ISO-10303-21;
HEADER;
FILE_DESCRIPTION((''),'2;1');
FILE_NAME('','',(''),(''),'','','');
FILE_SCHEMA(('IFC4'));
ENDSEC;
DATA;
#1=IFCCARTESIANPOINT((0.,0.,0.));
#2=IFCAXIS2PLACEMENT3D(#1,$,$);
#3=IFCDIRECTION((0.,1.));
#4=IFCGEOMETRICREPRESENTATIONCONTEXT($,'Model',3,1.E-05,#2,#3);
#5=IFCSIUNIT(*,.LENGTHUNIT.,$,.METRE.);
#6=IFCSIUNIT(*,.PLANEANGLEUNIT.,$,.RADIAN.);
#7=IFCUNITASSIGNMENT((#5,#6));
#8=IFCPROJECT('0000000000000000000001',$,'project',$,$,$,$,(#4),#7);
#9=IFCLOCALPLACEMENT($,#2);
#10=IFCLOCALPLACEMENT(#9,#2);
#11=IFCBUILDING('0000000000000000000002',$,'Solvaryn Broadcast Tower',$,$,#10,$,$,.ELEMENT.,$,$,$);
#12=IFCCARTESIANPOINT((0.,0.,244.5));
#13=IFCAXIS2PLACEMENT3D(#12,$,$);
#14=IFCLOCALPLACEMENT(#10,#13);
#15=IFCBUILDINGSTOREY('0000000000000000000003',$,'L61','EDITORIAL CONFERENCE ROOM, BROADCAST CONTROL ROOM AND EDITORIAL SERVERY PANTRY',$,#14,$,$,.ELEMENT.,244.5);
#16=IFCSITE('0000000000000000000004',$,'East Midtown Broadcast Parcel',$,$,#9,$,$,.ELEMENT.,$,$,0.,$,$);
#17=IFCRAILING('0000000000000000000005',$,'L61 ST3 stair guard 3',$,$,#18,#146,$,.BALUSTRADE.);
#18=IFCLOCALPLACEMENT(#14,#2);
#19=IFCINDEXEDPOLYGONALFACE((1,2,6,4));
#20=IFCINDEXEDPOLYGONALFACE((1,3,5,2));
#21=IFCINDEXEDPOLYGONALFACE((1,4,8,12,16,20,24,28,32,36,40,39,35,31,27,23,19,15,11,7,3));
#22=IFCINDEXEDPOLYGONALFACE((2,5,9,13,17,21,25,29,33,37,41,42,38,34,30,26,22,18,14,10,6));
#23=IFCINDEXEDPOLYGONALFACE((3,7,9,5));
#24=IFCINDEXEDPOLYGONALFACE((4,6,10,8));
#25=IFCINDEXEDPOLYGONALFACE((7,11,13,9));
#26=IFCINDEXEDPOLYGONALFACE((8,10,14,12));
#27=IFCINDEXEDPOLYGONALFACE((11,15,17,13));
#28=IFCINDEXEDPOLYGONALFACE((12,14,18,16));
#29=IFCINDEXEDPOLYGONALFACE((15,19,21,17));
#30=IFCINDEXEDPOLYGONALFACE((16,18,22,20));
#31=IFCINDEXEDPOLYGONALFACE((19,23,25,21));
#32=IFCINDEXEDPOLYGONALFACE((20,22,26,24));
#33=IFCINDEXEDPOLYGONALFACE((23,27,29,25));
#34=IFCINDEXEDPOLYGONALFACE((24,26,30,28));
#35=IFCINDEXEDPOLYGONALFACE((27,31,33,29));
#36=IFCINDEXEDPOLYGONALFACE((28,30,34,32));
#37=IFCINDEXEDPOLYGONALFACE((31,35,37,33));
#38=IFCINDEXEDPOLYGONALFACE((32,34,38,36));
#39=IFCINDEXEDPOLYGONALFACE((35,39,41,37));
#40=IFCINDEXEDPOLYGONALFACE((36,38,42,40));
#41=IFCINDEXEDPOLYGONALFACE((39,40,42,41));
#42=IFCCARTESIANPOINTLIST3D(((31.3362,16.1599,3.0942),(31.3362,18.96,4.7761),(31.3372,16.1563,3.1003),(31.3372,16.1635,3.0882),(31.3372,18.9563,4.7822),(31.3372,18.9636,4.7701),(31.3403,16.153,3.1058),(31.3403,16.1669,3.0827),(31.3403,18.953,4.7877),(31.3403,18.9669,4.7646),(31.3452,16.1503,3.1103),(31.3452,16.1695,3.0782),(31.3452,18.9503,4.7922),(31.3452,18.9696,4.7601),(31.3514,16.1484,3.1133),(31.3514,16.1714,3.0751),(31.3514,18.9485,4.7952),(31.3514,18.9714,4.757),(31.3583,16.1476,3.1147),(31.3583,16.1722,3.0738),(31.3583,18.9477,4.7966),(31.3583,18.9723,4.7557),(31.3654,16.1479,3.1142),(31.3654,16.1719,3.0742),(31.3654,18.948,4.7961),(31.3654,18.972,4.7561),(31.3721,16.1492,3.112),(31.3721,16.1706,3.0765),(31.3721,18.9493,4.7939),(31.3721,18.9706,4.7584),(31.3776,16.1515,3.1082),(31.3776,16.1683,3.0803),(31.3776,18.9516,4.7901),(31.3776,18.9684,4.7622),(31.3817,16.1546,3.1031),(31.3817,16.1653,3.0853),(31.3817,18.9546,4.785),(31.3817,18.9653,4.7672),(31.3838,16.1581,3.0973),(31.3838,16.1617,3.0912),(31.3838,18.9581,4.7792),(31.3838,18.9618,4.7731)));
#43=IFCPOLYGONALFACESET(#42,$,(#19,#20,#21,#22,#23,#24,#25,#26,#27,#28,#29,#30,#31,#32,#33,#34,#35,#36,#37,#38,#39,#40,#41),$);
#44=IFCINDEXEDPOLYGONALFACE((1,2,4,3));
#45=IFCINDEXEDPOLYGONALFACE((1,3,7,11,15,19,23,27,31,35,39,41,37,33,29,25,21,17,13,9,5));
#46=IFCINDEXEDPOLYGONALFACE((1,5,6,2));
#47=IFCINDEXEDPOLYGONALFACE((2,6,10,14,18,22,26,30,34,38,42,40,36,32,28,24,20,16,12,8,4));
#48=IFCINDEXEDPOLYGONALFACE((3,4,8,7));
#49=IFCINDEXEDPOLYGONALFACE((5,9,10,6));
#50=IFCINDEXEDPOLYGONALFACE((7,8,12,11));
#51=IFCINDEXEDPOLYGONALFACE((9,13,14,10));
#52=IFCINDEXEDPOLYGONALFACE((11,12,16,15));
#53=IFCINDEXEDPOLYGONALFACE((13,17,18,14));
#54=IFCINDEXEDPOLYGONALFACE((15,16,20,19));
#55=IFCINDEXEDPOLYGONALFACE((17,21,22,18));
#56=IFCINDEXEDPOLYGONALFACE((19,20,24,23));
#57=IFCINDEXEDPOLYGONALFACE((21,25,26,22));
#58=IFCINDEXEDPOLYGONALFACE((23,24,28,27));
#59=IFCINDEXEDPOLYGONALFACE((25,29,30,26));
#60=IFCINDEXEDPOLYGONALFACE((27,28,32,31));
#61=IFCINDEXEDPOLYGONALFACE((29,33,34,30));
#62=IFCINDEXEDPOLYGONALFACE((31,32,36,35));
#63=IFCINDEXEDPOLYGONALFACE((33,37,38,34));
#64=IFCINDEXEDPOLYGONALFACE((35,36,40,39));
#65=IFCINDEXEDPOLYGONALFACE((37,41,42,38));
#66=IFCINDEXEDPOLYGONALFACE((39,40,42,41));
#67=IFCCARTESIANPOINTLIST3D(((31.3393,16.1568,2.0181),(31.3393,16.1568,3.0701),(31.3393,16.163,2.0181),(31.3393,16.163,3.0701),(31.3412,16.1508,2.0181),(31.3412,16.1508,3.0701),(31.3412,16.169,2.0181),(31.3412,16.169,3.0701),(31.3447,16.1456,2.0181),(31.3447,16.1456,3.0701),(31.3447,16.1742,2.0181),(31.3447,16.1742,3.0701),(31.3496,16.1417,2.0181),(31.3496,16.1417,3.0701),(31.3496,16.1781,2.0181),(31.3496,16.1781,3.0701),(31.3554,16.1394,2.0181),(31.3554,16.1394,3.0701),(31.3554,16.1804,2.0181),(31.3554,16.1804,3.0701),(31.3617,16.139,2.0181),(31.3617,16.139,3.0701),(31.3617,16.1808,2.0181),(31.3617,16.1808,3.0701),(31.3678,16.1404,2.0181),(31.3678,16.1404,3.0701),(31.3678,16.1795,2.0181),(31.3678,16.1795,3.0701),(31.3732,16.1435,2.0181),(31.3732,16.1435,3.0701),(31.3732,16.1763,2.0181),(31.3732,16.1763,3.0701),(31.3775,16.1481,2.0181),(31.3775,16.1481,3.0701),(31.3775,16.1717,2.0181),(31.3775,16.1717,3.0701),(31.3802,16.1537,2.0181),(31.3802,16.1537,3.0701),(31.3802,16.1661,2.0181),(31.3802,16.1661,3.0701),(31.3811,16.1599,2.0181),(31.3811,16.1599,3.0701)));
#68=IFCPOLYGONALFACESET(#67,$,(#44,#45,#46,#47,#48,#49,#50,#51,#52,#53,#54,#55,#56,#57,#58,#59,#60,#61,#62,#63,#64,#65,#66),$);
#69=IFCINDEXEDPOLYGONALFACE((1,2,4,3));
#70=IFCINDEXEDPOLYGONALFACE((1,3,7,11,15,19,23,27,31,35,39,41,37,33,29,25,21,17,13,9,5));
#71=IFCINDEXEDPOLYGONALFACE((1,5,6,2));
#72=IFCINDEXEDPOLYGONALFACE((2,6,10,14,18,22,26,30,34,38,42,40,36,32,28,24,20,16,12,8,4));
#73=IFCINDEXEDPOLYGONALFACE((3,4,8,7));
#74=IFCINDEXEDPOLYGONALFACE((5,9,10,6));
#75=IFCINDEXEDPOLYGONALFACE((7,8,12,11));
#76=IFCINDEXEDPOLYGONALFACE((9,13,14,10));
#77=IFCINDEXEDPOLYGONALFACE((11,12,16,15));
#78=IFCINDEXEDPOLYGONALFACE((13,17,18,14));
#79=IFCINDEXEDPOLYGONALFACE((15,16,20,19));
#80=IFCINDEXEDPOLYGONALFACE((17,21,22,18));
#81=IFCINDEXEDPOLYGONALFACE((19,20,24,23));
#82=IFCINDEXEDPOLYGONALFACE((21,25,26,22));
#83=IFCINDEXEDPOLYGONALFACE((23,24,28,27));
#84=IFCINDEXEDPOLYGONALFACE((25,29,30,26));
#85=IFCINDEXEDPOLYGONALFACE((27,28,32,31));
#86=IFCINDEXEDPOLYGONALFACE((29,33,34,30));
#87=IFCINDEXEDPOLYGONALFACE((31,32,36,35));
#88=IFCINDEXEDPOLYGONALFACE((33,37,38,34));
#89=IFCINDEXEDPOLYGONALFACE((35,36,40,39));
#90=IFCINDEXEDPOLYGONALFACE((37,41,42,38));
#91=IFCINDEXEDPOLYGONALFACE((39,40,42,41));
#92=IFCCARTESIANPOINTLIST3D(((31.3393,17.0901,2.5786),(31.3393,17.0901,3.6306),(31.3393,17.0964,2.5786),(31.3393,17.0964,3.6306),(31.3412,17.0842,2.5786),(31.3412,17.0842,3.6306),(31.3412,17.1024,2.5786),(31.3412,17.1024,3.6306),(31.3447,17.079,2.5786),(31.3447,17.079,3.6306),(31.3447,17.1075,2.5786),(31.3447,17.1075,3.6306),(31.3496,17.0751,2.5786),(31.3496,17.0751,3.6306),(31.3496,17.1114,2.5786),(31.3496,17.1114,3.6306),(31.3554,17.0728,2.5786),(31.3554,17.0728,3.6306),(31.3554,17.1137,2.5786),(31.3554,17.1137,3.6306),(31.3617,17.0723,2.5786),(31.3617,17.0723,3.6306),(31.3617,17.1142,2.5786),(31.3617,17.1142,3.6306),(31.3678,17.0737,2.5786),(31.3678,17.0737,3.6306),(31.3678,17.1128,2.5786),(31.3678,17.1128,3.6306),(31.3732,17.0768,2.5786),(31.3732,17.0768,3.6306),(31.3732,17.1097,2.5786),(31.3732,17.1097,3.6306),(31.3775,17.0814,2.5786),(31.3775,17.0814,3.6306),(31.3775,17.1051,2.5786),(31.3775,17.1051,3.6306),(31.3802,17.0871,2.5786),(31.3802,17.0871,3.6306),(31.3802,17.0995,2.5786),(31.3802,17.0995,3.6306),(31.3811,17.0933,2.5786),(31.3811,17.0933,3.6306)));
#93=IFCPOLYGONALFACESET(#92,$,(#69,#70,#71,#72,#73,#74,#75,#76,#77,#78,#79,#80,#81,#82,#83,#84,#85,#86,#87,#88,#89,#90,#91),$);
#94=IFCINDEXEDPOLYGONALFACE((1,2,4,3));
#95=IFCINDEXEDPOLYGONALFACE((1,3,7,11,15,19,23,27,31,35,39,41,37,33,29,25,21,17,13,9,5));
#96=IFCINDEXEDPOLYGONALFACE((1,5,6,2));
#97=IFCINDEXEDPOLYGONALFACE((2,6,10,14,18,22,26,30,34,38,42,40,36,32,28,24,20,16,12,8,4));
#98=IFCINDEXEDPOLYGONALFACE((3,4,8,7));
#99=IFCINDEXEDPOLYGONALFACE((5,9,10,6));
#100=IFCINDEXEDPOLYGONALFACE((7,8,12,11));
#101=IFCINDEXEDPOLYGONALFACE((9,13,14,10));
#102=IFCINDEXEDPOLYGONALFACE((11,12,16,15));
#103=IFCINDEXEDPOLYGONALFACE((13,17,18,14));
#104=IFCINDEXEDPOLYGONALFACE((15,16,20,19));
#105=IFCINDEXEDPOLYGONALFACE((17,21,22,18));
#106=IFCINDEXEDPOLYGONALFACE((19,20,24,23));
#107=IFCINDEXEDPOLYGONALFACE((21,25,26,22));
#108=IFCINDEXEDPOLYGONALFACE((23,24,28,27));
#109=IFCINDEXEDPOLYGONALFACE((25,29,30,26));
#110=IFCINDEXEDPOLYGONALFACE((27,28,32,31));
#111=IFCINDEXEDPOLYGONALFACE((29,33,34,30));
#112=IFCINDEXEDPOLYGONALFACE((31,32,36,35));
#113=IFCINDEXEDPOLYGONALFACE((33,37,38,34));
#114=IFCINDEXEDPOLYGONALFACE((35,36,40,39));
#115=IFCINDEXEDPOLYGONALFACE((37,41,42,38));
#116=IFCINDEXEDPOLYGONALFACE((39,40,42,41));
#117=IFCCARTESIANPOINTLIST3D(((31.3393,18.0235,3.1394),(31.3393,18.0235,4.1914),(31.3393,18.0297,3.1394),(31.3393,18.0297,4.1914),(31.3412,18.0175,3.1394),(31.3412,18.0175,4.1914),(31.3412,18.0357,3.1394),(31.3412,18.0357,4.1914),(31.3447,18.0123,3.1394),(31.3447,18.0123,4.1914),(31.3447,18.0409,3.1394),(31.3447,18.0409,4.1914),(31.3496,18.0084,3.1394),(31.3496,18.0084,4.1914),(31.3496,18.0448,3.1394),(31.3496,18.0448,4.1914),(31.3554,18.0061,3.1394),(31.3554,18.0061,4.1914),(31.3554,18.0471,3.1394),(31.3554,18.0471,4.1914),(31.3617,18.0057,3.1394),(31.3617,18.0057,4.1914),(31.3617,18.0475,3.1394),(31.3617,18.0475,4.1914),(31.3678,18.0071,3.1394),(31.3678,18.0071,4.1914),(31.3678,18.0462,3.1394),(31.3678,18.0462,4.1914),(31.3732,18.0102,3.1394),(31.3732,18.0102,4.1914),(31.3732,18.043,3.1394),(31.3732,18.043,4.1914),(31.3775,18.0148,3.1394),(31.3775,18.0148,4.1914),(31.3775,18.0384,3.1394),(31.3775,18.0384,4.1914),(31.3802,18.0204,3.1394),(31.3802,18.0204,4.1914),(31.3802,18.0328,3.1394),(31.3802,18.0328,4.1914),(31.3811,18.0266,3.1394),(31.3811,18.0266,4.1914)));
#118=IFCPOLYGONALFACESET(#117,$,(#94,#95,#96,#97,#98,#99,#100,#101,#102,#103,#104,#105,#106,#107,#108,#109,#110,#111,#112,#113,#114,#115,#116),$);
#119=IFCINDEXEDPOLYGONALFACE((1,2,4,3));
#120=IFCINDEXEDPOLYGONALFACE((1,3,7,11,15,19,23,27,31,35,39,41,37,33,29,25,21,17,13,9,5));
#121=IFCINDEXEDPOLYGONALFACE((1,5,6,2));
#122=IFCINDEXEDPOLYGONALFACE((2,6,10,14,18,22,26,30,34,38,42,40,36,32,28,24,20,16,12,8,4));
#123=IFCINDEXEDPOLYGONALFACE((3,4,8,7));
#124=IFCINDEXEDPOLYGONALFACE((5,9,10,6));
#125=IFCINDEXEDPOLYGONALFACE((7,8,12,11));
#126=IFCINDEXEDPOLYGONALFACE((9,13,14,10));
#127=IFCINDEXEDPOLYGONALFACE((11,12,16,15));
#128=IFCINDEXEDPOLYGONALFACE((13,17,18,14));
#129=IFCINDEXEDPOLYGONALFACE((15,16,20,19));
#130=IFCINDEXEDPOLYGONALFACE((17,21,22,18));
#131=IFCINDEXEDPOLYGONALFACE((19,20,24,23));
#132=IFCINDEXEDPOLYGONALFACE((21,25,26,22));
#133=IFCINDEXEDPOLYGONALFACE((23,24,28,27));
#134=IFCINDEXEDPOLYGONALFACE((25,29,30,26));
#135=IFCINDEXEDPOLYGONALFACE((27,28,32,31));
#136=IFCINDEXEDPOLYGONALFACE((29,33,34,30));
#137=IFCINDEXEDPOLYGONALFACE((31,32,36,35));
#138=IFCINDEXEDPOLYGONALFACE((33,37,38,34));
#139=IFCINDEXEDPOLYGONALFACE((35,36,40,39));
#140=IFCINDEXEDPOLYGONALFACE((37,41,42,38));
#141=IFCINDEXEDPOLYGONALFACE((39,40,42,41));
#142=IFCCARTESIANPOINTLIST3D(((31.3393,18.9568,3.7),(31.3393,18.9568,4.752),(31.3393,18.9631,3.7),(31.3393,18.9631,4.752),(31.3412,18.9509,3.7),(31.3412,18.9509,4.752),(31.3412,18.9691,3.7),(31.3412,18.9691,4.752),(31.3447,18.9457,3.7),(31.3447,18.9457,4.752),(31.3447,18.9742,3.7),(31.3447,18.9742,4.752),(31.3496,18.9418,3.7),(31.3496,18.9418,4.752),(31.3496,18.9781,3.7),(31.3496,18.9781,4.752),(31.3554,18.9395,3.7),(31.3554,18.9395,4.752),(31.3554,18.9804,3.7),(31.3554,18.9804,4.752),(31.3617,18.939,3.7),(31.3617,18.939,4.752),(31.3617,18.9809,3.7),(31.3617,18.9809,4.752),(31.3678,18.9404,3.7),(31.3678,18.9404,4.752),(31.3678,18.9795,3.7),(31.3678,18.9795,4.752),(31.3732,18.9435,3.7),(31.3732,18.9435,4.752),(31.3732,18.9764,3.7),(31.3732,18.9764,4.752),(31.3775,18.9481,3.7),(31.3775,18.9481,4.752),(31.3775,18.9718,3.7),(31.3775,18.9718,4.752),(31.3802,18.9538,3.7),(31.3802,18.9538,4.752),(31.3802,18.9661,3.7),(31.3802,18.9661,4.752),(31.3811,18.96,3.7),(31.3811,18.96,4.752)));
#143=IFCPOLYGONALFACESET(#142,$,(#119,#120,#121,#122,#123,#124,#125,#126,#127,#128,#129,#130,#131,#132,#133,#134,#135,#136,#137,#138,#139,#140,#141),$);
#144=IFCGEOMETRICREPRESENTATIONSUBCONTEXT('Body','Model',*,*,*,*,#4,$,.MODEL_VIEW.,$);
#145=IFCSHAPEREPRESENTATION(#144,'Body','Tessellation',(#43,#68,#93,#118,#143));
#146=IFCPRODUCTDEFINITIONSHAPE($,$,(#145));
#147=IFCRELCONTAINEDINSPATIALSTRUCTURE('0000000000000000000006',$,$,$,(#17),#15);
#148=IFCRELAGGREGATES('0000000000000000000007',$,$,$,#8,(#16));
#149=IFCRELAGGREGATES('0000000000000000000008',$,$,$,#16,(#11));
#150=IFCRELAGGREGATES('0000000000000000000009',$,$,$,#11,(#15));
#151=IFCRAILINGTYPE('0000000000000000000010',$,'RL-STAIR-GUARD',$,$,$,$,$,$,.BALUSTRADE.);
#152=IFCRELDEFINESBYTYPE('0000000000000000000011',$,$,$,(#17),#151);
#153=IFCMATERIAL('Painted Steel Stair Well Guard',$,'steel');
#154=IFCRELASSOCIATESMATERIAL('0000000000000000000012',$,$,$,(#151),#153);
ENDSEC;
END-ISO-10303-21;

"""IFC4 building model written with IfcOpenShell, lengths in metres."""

from ifc_helpers import new_model, si_unit, direction, frame, origin, origin_2d, place, context, subcontext, project, spatial, circle, extrude, material, type_object, element, save


model = new_model("IFC4")

# Units and contexts
model_context = context("Model", 3, precision=1e-05, world=origin(), true_north=direction((0.0, 1.0)))
body_context = subcontext(model_context, "Body", "Model", "MODEL_VIEW")
ifc_project = project(units=[si_unit("LENGTHUNIT", "METRE"), si_unit("PLANEANGLEUNIT", "RADIAN")], contexts=[model_context])

# Site, building, storey
site_placement = place(None, origin())
site = spatial("IfcSite", under=ifc_project, at=site_placement, Name="East Midtown Broadcast Parcel", CompositionType="ELEMENT", RefElevation=0.0)
building_placement = place(site_placement, origin())
building = spatial("IfcBuilding", under=site, at=building_placement, Name="Solvaryn Broadcast Tower", CompositionType="ELEMENT")
storey_placement = place(building_placement, frame((0.0, 0.0, 244.5)))
storey = spatial("IfcBuildingStorey", under=building, at=storey_placement, Name="L61", Description="EDITORIAL CONFERENCE ROOM, BROADCAST CONTROL ROOM AND EDITORIAL SERVERY PANTRY", CompositionType="ELEMENT", Elevation=244.5)

# Railing
ifc_material_1 = material(Name="Painted Steel Stair Well Guard", Category="steel")
railing_type_1 = type_object("IfcRailingType", Name="RL-STAIR-GUARD", PredefinedType="BALUSTRADE", material=ifc_material_1)
railing_1_placement = place(storey_placement, frame((31.3601, 16.1599, 2.0181)))
element("IfcRailing", 1, at=railing_1_placement, inside=storey, type_object=railing_type_1, Name="L61 ST3 stair guard 3", PredefinedType="BALUSTRADE", context=body_context, shape_type="SweptSolid", body=[
    extrude(circle(Radius=0.0239, at=origin_2d()), frame((0.0, 0.0, 1.0762), z_axis=(0.0, 0.857242, 0.514913), x_axis=(-1.0, 0.0, 0.0)), (0.0, 0.0, 1.0), 3.2664),
    extrude(circle(Radius=0.021, at=origin_2d()), origin(), (0.0, 0.0, 1.0), 1.052),
    extrude(circle(Radius=0.021, at=origin_2d()), frame((0.0, 0.9333, 0.5605)), (0.0, 0.0, 1.0), 1.052),
    extrude(circle(Radius=0.021, at=origin_2d()), frame((0.0, 1.8667, 1.1213)), (0.0, 0.0, 1.0), 1.052),
    extrude(circle(Radius=0.021, at=origin_2d()), frame((0.0, 2.8, 1.6819)), (0.0, 0.0, 1.0), 1.052),
])

save(model, "model.ifc")
